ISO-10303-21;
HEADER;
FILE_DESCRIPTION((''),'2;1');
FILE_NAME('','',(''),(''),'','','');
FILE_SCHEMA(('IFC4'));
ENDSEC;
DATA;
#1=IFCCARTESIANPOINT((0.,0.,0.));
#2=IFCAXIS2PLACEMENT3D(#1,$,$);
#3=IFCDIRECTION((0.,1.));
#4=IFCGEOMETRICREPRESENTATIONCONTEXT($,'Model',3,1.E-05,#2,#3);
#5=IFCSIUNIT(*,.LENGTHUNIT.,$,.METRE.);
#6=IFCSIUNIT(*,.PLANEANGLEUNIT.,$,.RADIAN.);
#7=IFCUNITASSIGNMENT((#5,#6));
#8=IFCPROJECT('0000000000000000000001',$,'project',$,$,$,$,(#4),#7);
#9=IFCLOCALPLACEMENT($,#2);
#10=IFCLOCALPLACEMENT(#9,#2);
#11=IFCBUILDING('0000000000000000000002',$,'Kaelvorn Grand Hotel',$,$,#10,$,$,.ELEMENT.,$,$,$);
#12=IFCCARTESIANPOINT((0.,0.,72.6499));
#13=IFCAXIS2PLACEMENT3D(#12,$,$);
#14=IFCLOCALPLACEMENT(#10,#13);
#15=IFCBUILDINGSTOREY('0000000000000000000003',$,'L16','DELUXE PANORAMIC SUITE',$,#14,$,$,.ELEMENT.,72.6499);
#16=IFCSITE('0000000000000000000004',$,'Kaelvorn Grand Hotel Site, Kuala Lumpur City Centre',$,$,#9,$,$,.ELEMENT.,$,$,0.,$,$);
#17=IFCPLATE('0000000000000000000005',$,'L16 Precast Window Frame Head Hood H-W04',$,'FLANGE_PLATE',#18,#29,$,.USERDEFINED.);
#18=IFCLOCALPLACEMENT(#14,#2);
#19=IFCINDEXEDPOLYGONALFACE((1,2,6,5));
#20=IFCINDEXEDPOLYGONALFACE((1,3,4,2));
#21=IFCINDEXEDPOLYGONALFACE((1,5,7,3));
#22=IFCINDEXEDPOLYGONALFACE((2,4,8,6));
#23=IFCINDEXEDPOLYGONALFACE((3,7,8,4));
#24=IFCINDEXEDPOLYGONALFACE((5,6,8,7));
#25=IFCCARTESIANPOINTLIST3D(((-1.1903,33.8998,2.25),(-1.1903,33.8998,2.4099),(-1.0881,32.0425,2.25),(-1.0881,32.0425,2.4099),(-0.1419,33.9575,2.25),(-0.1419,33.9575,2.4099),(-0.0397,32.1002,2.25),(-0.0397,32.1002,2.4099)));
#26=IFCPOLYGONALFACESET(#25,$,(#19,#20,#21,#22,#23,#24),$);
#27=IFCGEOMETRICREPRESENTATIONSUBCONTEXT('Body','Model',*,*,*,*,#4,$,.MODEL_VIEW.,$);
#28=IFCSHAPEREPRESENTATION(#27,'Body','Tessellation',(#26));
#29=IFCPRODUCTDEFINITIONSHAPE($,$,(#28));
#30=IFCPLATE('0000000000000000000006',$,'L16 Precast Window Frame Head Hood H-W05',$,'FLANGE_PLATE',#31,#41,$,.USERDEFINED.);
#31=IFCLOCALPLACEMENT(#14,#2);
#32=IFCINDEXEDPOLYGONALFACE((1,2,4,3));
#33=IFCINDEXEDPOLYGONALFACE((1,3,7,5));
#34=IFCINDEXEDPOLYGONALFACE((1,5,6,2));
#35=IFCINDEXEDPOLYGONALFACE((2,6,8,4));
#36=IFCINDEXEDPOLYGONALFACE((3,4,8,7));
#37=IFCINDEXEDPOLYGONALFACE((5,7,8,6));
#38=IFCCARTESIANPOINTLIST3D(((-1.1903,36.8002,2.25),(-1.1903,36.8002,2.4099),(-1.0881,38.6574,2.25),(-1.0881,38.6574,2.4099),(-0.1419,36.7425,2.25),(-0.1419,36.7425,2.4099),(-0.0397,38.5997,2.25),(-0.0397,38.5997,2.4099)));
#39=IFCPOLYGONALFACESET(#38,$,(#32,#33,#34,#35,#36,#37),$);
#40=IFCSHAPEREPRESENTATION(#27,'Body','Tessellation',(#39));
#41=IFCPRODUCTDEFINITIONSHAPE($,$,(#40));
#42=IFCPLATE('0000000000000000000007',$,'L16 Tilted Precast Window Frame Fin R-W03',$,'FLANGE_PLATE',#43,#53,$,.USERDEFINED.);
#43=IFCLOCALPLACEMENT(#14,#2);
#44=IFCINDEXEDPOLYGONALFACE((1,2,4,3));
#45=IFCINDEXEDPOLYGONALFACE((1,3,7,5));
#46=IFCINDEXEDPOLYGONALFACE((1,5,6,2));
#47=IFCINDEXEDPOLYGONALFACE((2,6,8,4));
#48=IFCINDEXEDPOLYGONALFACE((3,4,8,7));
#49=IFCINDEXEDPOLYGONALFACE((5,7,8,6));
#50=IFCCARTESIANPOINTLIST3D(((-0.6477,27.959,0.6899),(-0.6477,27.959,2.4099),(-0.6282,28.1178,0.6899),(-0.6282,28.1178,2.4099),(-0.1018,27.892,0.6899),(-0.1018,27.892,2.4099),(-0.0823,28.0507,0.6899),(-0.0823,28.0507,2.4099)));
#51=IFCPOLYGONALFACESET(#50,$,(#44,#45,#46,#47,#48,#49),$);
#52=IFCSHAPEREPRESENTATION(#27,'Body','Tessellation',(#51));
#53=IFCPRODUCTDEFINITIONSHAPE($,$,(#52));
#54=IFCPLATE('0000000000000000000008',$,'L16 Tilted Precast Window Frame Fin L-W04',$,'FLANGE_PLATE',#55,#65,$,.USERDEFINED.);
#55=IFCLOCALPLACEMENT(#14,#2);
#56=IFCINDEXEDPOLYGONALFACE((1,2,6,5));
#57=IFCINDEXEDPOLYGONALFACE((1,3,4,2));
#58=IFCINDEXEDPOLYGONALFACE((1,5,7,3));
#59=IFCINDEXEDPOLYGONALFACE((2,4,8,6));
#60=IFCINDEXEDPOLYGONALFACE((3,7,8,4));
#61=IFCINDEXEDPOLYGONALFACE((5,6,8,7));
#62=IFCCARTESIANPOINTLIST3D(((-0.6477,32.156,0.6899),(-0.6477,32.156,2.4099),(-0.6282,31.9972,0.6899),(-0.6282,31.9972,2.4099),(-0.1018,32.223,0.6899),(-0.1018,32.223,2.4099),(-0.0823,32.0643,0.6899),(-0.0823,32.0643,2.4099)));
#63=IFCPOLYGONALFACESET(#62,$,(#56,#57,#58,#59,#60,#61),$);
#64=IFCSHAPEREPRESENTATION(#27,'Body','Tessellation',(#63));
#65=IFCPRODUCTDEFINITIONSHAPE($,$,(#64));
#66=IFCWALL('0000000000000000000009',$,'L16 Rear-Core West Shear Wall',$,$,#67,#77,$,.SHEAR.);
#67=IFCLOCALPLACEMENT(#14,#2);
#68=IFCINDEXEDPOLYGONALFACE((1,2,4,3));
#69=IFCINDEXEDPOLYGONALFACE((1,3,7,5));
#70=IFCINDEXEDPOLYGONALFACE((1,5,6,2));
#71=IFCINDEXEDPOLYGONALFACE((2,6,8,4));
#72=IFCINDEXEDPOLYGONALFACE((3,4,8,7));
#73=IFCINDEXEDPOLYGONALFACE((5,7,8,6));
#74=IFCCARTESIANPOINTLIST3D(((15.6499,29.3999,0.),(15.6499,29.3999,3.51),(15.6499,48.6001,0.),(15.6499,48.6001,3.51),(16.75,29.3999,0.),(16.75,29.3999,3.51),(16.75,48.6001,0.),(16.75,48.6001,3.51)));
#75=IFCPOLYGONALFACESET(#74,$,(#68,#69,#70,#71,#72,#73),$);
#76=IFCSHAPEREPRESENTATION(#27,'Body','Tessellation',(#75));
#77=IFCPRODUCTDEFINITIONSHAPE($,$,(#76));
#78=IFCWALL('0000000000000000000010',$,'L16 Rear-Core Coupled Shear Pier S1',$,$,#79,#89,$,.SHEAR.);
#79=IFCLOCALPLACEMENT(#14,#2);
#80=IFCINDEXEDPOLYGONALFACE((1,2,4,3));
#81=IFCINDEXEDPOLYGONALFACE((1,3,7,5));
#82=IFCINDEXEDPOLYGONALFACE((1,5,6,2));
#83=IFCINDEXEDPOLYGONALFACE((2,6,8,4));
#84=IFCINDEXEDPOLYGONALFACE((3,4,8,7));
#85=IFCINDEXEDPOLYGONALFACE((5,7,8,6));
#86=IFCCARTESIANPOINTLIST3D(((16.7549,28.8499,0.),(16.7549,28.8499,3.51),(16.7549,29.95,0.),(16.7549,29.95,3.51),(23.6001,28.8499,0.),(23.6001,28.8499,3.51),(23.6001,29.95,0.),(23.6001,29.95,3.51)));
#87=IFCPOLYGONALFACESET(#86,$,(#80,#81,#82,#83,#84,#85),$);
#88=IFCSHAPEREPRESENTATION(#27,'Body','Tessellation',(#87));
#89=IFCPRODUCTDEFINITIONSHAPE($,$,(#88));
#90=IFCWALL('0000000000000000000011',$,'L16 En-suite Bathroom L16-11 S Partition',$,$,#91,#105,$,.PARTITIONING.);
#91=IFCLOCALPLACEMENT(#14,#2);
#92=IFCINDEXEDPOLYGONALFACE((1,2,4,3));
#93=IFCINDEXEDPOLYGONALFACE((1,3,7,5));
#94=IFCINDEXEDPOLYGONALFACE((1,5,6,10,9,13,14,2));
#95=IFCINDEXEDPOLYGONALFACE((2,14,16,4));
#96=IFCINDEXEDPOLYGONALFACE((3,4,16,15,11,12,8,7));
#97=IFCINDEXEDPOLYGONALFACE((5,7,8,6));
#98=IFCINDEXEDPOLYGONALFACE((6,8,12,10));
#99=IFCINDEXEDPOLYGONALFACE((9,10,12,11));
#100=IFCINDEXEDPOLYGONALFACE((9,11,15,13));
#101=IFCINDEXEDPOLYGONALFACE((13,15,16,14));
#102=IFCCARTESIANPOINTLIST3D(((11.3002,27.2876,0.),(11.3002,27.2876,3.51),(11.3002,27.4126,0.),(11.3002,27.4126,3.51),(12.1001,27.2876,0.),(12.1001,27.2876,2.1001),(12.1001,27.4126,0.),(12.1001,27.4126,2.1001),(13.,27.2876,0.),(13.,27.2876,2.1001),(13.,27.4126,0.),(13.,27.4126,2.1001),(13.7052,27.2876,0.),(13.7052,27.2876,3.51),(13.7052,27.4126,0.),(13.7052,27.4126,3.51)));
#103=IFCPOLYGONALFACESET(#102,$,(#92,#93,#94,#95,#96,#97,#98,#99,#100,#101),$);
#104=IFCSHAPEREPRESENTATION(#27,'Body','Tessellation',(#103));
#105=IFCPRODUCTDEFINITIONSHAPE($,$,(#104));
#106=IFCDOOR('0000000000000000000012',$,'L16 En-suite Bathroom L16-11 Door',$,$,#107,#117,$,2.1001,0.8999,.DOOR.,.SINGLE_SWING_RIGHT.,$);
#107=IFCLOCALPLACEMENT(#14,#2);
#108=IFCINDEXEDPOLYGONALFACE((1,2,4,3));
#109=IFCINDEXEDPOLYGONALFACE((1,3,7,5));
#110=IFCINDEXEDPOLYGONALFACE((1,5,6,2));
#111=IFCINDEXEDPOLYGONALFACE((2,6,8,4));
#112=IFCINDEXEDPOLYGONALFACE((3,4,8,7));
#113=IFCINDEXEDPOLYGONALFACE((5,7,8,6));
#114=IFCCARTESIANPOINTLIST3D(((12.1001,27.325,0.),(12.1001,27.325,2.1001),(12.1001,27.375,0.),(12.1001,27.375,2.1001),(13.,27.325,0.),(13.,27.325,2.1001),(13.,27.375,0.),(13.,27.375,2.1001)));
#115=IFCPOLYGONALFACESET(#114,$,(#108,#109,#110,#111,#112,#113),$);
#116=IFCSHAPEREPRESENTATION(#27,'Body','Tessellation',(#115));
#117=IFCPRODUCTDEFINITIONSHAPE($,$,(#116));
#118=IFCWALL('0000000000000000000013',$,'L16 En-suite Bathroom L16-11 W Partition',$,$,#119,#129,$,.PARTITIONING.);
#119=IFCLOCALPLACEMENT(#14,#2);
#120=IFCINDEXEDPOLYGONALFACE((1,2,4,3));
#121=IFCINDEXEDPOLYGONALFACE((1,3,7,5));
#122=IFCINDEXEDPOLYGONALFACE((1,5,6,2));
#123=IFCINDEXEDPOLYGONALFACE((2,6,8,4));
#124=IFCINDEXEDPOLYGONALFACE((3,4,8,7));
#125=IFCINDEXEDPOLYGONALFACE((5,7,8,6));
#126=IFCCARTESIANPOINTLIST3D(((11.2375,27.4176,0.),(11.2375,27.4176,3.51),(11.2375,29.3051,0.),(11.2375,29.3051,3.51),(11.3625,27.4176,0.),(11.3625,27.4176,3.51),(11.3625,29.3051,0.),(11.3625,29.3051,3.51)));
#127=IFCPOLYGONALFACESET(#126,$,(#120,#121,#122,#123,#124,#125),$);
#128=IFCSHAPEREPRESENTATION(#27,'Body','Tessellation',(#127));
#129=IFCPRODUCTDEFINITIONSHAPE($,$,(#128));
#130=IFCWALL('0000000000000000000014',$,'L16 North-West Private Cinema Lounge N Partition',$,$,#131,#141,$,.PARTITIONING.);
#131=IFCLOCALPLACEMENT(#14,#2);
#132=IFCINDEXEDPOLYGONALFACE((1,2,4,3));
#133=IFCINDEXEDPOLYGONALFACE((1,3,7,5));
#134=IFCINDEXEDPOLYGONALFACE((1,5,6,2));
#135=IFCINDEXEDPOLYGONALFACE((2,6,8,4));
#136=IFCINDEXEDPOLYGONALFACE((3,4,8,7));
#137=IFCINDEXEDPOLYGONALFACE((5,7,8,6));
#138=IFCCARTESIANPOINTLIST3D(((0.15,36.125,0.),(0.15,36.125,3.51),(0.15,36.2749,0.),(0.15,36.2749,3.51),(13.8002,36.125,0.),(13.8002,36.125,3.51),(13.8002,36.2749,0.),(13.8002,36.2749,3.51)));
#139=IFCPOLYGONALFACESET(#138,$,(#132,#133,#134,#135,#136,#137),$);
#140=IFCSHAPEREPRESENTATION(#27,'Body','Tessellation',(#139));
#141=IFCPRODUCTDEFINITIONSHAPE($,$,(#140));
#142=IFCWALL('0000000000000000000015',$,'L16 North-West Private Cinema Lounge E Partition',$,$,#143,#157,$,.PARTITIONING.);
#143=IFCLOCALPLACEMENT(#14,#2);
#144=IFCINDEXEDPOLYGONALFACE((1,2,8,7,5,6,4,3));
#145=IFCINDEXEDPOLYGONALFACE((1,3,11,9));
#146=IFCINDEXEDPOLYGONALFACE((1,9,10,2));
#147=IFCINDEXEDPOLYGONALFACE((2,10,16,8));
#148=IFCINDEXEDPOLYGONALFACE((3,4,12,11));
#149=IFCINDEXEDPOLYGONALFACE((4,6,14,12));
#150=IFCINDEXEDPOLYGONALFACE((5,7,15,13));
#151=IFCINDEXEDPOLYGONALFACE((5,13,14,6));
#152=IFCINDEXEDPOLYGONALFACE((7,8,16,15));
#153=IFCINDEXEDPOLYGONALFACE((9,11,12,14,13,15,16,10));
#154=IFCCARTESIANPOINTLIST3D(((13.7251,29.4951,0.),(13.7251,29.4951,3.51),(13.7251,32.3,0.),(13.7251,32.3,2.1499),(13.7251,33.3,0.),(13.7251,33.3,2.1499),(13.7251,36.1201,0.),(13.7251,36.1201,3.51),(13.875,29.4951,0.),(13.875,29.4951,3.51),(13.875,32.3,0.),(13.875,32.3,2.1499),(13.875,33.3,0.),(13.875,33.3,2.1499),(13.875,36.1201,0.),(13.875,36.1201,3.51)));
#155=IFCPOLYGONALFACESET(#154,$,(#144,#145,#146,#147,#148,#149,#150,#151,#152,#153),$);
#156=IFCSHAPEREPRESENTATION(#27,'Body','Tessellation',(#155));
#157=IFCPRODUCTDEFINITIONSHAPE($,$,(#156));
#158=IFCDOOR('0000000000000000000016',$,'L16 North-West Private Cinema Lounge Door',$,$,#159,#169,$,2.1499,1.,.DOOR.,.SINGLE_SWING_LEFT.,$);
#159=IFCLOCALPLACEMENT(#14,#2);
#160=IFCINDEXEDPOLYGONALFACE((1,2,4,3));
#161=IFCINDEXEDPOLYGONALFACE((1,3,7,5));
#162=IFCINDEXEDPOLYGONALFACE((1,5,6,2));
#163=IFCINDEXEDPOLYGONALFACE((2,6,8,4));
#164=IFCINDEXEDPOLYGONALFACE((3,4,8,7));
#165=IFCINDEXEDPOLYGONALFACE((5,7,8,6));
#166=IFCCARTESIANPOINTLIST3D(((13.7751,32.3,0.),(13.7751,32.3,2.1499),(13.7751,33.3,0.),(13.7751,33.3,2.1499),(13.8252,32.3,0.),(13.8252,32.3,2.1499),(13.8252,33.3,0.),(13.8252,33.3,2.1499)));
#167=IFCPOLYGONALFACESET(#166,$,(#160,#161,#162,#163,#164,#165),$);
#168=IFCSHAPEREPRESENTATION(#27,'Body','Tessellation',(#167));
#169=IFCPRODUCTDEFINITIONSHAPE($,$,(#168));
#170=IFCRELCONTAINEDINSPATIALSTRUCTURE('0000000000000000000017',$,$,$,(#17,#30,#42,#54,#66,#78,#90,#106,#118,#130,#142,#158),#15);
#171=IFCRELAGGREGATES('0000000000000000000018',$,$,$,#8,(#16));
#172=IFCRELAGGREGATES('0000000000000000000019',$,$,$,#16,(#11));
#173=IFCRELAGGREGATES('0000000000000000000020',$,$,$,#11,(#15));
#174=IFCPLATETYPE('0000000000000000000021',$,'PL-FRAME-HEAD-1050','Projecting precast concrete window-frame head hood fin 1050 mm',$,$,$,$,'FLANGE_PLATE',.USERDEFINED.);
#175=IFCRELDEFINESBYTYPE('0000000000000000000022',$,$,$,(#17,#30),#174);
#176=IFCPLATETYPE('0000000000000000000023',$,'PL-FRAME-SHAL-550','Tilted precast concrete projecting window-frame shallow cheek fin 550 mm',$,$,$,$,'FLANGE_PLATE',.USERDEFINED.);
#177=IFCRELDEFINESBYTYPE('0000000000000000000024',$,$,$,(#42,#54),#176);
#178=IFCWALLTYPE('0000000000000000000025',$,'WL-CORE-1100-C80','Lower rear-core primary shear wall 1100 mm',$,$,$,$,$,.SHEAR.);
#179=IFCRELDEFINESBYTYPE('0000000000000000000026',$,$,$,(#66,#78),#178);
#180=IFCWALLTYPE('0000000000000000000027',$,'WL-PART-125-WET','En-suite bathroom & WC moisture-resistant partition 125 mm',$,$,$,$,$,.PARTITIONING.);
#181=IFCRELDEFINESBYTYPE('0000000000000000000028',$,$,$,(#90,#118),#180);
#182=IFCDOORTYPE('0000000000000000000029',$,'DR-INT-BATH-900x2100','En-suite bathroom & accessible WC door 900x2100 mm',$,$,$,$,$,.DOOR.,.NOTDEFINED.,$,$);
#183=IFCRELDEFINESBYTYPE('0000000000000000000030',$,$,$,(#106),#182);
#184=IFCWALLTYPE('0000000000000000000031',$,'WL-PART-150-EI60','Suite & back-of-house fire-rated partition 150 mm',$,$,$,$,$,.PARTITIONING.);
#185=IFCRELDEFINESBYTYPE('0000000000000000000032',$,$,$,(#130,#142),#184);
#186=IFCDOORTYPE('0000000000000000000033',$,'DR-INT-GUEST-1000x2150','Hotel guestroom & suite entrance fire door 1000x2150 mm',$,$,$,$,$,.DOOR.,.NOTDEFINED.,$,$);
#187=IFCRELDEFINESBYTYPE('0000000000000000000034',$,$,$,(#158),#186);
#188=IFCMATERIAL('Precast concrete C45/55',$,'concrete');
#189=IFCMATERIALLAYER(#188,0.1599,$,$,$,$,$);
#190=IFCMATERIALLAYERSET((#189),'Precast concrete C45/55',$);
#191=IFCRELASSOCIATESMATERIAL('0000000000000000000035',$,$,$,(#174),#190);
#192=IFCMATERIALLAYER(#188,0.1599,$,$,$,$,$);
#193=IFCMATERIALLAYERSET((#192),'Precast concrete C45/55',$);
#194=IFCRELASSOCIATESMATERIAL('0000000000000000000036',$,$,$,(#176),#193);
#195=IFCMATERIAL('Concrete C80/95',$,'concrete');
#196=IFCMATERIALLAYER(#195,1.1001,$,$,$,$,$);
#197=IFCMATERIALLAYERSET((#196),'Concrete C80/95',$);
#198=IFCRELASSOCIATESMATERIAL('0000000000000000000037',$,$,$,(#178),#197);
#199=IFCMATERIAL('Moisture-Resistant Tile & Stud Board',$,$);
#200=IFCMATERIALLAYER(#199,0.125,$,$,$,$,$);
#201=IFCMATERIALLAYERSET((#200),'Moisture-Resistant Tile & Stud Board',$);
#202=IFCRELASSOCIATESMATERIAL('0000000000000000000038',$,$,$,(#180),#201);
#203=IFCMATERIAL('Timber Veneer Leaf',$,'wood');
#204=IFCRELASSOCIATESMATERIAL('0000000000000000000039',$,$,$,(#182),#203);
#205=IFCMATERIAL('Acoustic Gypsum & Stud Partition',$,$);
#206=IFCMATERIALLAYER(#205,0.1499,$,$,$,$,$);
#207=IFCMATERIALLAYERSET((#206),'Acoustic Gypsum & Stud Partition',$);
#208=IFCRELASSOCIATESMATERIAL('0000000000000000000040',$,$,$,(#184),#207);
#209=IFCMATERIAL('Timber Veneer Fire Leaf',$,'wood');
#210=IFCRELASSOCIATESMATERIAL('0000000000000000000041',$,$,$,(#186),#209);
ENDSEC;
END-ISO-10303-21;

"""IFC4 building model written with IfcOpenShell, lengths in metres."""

from ifc_helpers import new_model, si_unit, direction, frame, frame_2d, origin, origin_2d, place, context, subcontext, project, spatial, rectangle, extrude, material, layer, layer_set, type_object, element, fill, save


model = new_model("IFC4")

# Units and contexts
model_context = context("Model", 3, precision=1e-05, world=origin(), true_north=direction((0.0, 1.0)))
body_context = subcontext(model_context, "Body", "Model", "MODEL_VIEW")
ifc_project = project(units=[si_unit("LENGTHUNIT", "METRE"), si_unit("PLANEANGLEUNIT", "RADIAN")], contexts=[model_context])

# Site, building, storey
site_placement = place(None, origin())
site = spatial("IfcSite", under=ifc_project, at=site_placement, Name="Kaelvorn Grand Hotel Site, Kuala Lumpur City Centre", CompositionType="ELEMENT", RefElevation=0.0)
building_placement = place(site_placement, origin())
building = spatial("IfcBuilding", under=site, at=building_placement, Name="Kaelvorn Grand Hotel", CompositionType="ELEMENT")
storey_placement = place(building_placement, frame((0.0, 0.0, 72.6499)))
storey = spatial("IfcBuildingStorey", under=building, at=storey_placement, Name="L16", Description="DELUXE PANORAMIC SUITE", CompositionType="ELEMENT", Elevation=72.6499)

# Shared definitions
ifc_material_1 = material(Name="Concrete C80/95", Category="concrete")

# Plates
ifc_material_2 = material(Name="Precast concrete C45/55", Category="concrete")
ifc_layer_1 = layer(ifc_material_2, 0.1599)
ifc_layer_set_1 = layer_set([ifc_layer_1], Name="Precast concrete C45/55")
plate_type_1 = type_object("IfcPlateType", Name="PL-FRAME-HEAD-1050", Description="Projecting precast concrete window-frame head hood fin 1050 mm", ElementType="FLANGE_PLATE", PredefinedType="USERDEFINED", material=ifc_layer_set_1)
for number, where, z_axis, x_axis, name in (
    (1, (-0.615, 33.0, 2.25), (0.0, 0.0, 1.0), (-0.05495, 0.998489, 0.0), "L16 Precast Window Frame Head Hood H-W04"),
    (2, (-0.615, 37.7, 2.25), (0.0, 0.0, 1.0), (0.05495, 0.998489, 0.0), "L16 Precast Window Frame Head Hood H-W05"),
):
    element("IfcPlate", number, at=place(storey_placement, frame(where, z_axis=z_axis, x_axis=x_axis)), inside=storey, type_object=plate_type_1, Name=name, ObjectType="FLANGE_PLATE", PredefinedType="USERDEFINED", context=body_context, shape_type="SweptSolid", body=[
        extrude(rectangle(XDim=1.8601, YDim=1.05, at=origin_2d()), origin(), (0.0, 0.0, 1.0), 0.1599),
    ])
ifc_layer_2 = layer(ifc_material_2, 0.1599)
ifc_layer_set_2 = layer_set([ifc_layer_2], Name="Precast concrete C45/55")
plate_type_2 = type_object("IfcPlateType", Name="PL-FRAME-SHAL-550", Description="Tilted precast concrete projecting window-frame shallow cheek fin 550 mm", ElementType="FLANGE_PLATE", PredefinedType="USERDEFINED", material=ifc_layer_set_2)
for number, where, z_axis, x_axis, name in (
    (3, (-0.365, 28.0049, 0.6899), (0.0, 0.0, 1.0), (0.121869, 0.992546, 0.0), "L16 Tilted Precast Window Frame Fin R-W03"),
    (4, (-0.365, 32.1101, 0.6899), (0.0, 0.0, 1.0), (-0.121869, 0.992546, 0.0), "L16 Tilted Precast Window Frame Fin L-W04"),
):
    element("IfcPlate", number, at=place(storey_placement, frame(where, z_axis=z_axis, x_axis=x_axis)), inside=storey, type_object=plate_type_2, Name=name, ObjectType="FLANGE_PLATE", PredefinedType="USERDEFINED", context=body_context, shape_type="SweptSolid", body=[
        extrude(rectangle(XDim=0.1599, YDim=0.55, at=origin_2d()), origin(), (0.0, 0.0, 1.0), 1.72),
    ])

# Walls
ifc_layer_3 = layer(ifc_material_1, 1.1001)
ifc_layer_set_3 = layer_set([ifc_layer_3], Name="Concrete C80/95")
wall_type_1 = type_object("IfcWallType", Name="WL-CORE-1100-C80", Description="Lower rear-core primary shear wall 1100 mm", PredefinedType="SHEAR", material=ifc_layer_set_3)
wall_1_placement = place(storey_placement, frame((16.2, 29.3999, 0.0), z_axis=(0.0, 0.0, 1.0), x_axis=(0.0, 1.0, 0.0)))
element("IfcWall", 5, at=wall_1_placement, inside=storey, type_object=wall_type_1, Name="L16 Rear-Core West Shear Wall", PredefinedType="SHEAR", context=body_context, shape_type="SweptSolid", body=[
    extrude(rectangle(XDim=19.2002, YDim=1.1001, at=frame_2d((9.6001, 0.0))), origin(), (0.0, 0.0, 1.0), 3.51),
])
wall_2_placement = place(storey_placement, frame((16.7549, 29.3999, 0.0), z_axis=(0.0, 0.0, 1.0), x_axis=(1.0, 0.0, 0.0)))
element("IfcWall", 6, at=wall_2_placement, inside=storey, type_object=wall_type_1, Name="L16 Rear-Core Coupled Shear Pier S1", PredefinedType="SHEAR", context=body_context, shape_type="SweptSolid", body=[
    extrude(rectangle(XDim=6.8452, YDim=1.1001, at=frame_2d((3.4226, 0.0))), origin(), (0.0, 0.0, 1.0), 3.51),
])

# Wall, opening, door
ifc_material_3 = material(Name="Moisture-Resistant Tile & Stud Board")
ifc_layer_4 = layer(ifc_material_3, 0.125)
ifc_layer_set_4 = layer_set([ifc_layer_4], Name="Moisture-Resistant Tile & Stud Board")
wall_type_2 = type_object("IfcWallType", Name="WL-PART-125-WET", Description="En-suite bathroom & WC moisture-resistant partition 125 mm", PredefinedType="PARTITIONING", material=ifc_layer_set_4)
wall_3_placement = place(storey_placement, frame((11.3, 27.3501, 0.0), z_axis=(0.0, 0.0, 1.0), x_axis=(1.0, 0.0, 0.0)))
wall_3 = element("IfcWall", 7, at=wall_3_placement, inside=storey, type_object=wall_type_2, Name="L16 En-suite Bathroom L16-11 S Partition", PredefinedType="PARTITIONING", context=body_context, shape_type="SweptSolid", body=[
    extrude(rectangle(XDim=2.405, YDim=0.125, at=frame_2d((1.2026, 0.0))), origin(), (0.0, 0.0, 1.0), 3.51),
])
opening_1_placement = place(wall_3_placement, frame((0.8, 0.0, 0.0)))
opening_1 = element("IfcOpeningElement", 8, at=opening_1_placement, cuts=wall_3, PredefinedType="OPENING", context=body_context, shape_type="SweptSolid", body=[
    extrude(rectangle(XDim=0.8999, YDim=2.1001, at=frame_2d((0.45, 1.05))), frame((0.0, 0.0725, 0.0), z_axis=(0.0, -1.0, 0.0), x_axis=(1.0, 0.0, 0.0)), (0.0, 0.0, 1.0), 0.145),
])
ifc_material_4 = material(Name="Timber Veneer Leaf", Category="wood")
door_type_1 = type_object("IfcDoorType", Name="DR-INT-BATH-900x2100", Description="En-suite bathroom & accessible WC door 900x2100 mm", OperationType="NOTDEFINED", PredefinedType="DOOR", material=ifc_material_4)
door_1_placement = place(opening_1_placement, origin())
door_1 = element("IfcDoor", 9, at=door_1_placement, inside=storey, type_object=door_type_1, Name="L16 En-suite Bathroom L16-11 Door", OperationType="SINGLE_SWING_RIGHT", OverallHeight=2.1001, OverallWidth=0.8999, PredefinedType="DOOR", context=body_context, shape_type="SweptSolid", body=[
    extrude(rectangle(XDim=0.8999, YDim=2.1001, at=frame_2d((0.45, 1.05))), frame((0.0, 0.0249, 0.0), z_axis=(0.0, -1.0, 0.0), x_axis=(1.0, 0.0, 0.0)), (0.0, 0.0, 1.0), 0.05),
])
fill(opening_1, door_1)

# Walls
wall_4_placement = place(storey_placement, frame((11.3, 27.4175, 0.0), z_axis=(0.0, 0.0, 1.0), x_axis=(0.0, 1.0, 0.0)))
element("IfcWall", 10, at=wall_4_placement, inside=storey, type_object=wall_type_2, Name="L16 En-suite Bathroom L16-11 W Partition", PredefinedType="PARTITIONING", context=body_context, shape_type="SweptSolid", body=[
    extrude(rectangle(XDim=1.8875, YDim=0.125, at=frame_2d((0.9438, 0.0))), origin(), (0.0, 0.0, 1.0), 3.51),
])
ifc_material_5 = material(Name="Acoustic Gypsum & Stud Partition")
ifc_layer_5 = layer(ifc_material_5, 0.1499)
ifc_layer_set_5 = layer_set([ifc_layer_5], Name="Acoustic Gypsum & Stud Partition")
wall_type_3 = type_object("IfcWallType", Name="WL-PART-150-EI60", Description="Suite & back-of-house fire-rated partition 150 mm", PredefinedType="PARTITIONING", material=ifc_layer_set_5)
wall_5_placement = place(storey_placement, frame((0.1499, 36.2, 0.0), z_axis=(0.0, 0.0, 1.0), x_axis=(1.0, 0.0, 0.0)))
element("IfcWall", 11, at=wall_5_placement, inside=storey, type_object=wall_type_3, Name="L16 North-West Private Cinema Lounge N Partition", PredefinedType="PARTITIONING", context=body_context, shape_type="SweptSolid", body=[
    extrude(rectangle(XDim=13.6501, YDim=0.1499, at=frame_2d((6.8252, 0.0))), origin(), (0.0, 0.0, 1.0), 3.51),
])

# Wall, opening, door
wall_6_placement = place(storey_placement, frame((13.8, 29.4951, 0.0), z_axis=(0.0, 0.0, 1.0), x_axis=(0.0, 1.0, 0.0)))
wall_6 = element("IfcWall", 12, at=wall_6_placement, inside=storey, type_object=wall_type_3, Name="L16 North-West Private Cinema Lounge E Partition", PredefinedType="PARTITIONING", context=body_context, shape_type="SweptSolid", body=[
    extrude(rectangle(XDim=6.625, YDim=0.1499, at=frame_2d((3.3125, 0.0))), origin(), (0.0, 0.0, 1.0), 3.51),
])
opening_2_placement = place(wall_6_placement, frame((2.8049, 0.0, 0.0)))
opening_2 = element("IfcOpeningElement", 13, at=opening_2_placement, cuts=wall_6, PredefinedType="OPENING", context=body_context, shape_type="SweptSolid", body=[
    extrude(rectangle(XDim=1.0, YDim=2.1499, at=frame_2d((0.5, 1.075))), frame((0.0, 0.085, 0.0), z_axis=(0.0, -1.0, 0.0), x_axis=(1.0, 0.0, 0.0)), (0.0, 0.0, 1.0), 0.1699),
])
ifc_material_6 = material(Name="Timber Veneer Fire Leaf", Category="wood")
door_type_2 = type_object("IfcDoorType", Name="DR-INT-GUEST-1000x2150", Description="Hotel guestroom & suite entrance fire door 1000x2150 mm", OperationType="NOTDEFINED", PredefinedType="DOOR", material=ifc_material_6)
door_2_placement = place(opening_2_placement, origin())
door_2 = element("IfcDoor", 14, at=door_2_placement, inside=storey, type_object=door_type_2, Name="L16 North-West Private Cinema Lounge Door", OperationType="SINGLE_SWING_LEFT", OverallHeight=2.1499, OverallWidth=1.0, PredefinedType="DOOR", context=body_context, shape_type="SweptSolid", body=[
    extrude(rectangle(XDim=1.0, YDim=2.1499, at=frame_2d((0.5, 1.075))), frame((0.0, 0.0249, 0.0), z_axis=(0.0, -1.0, 0.0), x_axis=(1.0, 0.0, 0.0)), (0.0, 0.0, 1.0), 0.05),
])
fill(opening_2, door_2)

save(model, "model.ifc")
